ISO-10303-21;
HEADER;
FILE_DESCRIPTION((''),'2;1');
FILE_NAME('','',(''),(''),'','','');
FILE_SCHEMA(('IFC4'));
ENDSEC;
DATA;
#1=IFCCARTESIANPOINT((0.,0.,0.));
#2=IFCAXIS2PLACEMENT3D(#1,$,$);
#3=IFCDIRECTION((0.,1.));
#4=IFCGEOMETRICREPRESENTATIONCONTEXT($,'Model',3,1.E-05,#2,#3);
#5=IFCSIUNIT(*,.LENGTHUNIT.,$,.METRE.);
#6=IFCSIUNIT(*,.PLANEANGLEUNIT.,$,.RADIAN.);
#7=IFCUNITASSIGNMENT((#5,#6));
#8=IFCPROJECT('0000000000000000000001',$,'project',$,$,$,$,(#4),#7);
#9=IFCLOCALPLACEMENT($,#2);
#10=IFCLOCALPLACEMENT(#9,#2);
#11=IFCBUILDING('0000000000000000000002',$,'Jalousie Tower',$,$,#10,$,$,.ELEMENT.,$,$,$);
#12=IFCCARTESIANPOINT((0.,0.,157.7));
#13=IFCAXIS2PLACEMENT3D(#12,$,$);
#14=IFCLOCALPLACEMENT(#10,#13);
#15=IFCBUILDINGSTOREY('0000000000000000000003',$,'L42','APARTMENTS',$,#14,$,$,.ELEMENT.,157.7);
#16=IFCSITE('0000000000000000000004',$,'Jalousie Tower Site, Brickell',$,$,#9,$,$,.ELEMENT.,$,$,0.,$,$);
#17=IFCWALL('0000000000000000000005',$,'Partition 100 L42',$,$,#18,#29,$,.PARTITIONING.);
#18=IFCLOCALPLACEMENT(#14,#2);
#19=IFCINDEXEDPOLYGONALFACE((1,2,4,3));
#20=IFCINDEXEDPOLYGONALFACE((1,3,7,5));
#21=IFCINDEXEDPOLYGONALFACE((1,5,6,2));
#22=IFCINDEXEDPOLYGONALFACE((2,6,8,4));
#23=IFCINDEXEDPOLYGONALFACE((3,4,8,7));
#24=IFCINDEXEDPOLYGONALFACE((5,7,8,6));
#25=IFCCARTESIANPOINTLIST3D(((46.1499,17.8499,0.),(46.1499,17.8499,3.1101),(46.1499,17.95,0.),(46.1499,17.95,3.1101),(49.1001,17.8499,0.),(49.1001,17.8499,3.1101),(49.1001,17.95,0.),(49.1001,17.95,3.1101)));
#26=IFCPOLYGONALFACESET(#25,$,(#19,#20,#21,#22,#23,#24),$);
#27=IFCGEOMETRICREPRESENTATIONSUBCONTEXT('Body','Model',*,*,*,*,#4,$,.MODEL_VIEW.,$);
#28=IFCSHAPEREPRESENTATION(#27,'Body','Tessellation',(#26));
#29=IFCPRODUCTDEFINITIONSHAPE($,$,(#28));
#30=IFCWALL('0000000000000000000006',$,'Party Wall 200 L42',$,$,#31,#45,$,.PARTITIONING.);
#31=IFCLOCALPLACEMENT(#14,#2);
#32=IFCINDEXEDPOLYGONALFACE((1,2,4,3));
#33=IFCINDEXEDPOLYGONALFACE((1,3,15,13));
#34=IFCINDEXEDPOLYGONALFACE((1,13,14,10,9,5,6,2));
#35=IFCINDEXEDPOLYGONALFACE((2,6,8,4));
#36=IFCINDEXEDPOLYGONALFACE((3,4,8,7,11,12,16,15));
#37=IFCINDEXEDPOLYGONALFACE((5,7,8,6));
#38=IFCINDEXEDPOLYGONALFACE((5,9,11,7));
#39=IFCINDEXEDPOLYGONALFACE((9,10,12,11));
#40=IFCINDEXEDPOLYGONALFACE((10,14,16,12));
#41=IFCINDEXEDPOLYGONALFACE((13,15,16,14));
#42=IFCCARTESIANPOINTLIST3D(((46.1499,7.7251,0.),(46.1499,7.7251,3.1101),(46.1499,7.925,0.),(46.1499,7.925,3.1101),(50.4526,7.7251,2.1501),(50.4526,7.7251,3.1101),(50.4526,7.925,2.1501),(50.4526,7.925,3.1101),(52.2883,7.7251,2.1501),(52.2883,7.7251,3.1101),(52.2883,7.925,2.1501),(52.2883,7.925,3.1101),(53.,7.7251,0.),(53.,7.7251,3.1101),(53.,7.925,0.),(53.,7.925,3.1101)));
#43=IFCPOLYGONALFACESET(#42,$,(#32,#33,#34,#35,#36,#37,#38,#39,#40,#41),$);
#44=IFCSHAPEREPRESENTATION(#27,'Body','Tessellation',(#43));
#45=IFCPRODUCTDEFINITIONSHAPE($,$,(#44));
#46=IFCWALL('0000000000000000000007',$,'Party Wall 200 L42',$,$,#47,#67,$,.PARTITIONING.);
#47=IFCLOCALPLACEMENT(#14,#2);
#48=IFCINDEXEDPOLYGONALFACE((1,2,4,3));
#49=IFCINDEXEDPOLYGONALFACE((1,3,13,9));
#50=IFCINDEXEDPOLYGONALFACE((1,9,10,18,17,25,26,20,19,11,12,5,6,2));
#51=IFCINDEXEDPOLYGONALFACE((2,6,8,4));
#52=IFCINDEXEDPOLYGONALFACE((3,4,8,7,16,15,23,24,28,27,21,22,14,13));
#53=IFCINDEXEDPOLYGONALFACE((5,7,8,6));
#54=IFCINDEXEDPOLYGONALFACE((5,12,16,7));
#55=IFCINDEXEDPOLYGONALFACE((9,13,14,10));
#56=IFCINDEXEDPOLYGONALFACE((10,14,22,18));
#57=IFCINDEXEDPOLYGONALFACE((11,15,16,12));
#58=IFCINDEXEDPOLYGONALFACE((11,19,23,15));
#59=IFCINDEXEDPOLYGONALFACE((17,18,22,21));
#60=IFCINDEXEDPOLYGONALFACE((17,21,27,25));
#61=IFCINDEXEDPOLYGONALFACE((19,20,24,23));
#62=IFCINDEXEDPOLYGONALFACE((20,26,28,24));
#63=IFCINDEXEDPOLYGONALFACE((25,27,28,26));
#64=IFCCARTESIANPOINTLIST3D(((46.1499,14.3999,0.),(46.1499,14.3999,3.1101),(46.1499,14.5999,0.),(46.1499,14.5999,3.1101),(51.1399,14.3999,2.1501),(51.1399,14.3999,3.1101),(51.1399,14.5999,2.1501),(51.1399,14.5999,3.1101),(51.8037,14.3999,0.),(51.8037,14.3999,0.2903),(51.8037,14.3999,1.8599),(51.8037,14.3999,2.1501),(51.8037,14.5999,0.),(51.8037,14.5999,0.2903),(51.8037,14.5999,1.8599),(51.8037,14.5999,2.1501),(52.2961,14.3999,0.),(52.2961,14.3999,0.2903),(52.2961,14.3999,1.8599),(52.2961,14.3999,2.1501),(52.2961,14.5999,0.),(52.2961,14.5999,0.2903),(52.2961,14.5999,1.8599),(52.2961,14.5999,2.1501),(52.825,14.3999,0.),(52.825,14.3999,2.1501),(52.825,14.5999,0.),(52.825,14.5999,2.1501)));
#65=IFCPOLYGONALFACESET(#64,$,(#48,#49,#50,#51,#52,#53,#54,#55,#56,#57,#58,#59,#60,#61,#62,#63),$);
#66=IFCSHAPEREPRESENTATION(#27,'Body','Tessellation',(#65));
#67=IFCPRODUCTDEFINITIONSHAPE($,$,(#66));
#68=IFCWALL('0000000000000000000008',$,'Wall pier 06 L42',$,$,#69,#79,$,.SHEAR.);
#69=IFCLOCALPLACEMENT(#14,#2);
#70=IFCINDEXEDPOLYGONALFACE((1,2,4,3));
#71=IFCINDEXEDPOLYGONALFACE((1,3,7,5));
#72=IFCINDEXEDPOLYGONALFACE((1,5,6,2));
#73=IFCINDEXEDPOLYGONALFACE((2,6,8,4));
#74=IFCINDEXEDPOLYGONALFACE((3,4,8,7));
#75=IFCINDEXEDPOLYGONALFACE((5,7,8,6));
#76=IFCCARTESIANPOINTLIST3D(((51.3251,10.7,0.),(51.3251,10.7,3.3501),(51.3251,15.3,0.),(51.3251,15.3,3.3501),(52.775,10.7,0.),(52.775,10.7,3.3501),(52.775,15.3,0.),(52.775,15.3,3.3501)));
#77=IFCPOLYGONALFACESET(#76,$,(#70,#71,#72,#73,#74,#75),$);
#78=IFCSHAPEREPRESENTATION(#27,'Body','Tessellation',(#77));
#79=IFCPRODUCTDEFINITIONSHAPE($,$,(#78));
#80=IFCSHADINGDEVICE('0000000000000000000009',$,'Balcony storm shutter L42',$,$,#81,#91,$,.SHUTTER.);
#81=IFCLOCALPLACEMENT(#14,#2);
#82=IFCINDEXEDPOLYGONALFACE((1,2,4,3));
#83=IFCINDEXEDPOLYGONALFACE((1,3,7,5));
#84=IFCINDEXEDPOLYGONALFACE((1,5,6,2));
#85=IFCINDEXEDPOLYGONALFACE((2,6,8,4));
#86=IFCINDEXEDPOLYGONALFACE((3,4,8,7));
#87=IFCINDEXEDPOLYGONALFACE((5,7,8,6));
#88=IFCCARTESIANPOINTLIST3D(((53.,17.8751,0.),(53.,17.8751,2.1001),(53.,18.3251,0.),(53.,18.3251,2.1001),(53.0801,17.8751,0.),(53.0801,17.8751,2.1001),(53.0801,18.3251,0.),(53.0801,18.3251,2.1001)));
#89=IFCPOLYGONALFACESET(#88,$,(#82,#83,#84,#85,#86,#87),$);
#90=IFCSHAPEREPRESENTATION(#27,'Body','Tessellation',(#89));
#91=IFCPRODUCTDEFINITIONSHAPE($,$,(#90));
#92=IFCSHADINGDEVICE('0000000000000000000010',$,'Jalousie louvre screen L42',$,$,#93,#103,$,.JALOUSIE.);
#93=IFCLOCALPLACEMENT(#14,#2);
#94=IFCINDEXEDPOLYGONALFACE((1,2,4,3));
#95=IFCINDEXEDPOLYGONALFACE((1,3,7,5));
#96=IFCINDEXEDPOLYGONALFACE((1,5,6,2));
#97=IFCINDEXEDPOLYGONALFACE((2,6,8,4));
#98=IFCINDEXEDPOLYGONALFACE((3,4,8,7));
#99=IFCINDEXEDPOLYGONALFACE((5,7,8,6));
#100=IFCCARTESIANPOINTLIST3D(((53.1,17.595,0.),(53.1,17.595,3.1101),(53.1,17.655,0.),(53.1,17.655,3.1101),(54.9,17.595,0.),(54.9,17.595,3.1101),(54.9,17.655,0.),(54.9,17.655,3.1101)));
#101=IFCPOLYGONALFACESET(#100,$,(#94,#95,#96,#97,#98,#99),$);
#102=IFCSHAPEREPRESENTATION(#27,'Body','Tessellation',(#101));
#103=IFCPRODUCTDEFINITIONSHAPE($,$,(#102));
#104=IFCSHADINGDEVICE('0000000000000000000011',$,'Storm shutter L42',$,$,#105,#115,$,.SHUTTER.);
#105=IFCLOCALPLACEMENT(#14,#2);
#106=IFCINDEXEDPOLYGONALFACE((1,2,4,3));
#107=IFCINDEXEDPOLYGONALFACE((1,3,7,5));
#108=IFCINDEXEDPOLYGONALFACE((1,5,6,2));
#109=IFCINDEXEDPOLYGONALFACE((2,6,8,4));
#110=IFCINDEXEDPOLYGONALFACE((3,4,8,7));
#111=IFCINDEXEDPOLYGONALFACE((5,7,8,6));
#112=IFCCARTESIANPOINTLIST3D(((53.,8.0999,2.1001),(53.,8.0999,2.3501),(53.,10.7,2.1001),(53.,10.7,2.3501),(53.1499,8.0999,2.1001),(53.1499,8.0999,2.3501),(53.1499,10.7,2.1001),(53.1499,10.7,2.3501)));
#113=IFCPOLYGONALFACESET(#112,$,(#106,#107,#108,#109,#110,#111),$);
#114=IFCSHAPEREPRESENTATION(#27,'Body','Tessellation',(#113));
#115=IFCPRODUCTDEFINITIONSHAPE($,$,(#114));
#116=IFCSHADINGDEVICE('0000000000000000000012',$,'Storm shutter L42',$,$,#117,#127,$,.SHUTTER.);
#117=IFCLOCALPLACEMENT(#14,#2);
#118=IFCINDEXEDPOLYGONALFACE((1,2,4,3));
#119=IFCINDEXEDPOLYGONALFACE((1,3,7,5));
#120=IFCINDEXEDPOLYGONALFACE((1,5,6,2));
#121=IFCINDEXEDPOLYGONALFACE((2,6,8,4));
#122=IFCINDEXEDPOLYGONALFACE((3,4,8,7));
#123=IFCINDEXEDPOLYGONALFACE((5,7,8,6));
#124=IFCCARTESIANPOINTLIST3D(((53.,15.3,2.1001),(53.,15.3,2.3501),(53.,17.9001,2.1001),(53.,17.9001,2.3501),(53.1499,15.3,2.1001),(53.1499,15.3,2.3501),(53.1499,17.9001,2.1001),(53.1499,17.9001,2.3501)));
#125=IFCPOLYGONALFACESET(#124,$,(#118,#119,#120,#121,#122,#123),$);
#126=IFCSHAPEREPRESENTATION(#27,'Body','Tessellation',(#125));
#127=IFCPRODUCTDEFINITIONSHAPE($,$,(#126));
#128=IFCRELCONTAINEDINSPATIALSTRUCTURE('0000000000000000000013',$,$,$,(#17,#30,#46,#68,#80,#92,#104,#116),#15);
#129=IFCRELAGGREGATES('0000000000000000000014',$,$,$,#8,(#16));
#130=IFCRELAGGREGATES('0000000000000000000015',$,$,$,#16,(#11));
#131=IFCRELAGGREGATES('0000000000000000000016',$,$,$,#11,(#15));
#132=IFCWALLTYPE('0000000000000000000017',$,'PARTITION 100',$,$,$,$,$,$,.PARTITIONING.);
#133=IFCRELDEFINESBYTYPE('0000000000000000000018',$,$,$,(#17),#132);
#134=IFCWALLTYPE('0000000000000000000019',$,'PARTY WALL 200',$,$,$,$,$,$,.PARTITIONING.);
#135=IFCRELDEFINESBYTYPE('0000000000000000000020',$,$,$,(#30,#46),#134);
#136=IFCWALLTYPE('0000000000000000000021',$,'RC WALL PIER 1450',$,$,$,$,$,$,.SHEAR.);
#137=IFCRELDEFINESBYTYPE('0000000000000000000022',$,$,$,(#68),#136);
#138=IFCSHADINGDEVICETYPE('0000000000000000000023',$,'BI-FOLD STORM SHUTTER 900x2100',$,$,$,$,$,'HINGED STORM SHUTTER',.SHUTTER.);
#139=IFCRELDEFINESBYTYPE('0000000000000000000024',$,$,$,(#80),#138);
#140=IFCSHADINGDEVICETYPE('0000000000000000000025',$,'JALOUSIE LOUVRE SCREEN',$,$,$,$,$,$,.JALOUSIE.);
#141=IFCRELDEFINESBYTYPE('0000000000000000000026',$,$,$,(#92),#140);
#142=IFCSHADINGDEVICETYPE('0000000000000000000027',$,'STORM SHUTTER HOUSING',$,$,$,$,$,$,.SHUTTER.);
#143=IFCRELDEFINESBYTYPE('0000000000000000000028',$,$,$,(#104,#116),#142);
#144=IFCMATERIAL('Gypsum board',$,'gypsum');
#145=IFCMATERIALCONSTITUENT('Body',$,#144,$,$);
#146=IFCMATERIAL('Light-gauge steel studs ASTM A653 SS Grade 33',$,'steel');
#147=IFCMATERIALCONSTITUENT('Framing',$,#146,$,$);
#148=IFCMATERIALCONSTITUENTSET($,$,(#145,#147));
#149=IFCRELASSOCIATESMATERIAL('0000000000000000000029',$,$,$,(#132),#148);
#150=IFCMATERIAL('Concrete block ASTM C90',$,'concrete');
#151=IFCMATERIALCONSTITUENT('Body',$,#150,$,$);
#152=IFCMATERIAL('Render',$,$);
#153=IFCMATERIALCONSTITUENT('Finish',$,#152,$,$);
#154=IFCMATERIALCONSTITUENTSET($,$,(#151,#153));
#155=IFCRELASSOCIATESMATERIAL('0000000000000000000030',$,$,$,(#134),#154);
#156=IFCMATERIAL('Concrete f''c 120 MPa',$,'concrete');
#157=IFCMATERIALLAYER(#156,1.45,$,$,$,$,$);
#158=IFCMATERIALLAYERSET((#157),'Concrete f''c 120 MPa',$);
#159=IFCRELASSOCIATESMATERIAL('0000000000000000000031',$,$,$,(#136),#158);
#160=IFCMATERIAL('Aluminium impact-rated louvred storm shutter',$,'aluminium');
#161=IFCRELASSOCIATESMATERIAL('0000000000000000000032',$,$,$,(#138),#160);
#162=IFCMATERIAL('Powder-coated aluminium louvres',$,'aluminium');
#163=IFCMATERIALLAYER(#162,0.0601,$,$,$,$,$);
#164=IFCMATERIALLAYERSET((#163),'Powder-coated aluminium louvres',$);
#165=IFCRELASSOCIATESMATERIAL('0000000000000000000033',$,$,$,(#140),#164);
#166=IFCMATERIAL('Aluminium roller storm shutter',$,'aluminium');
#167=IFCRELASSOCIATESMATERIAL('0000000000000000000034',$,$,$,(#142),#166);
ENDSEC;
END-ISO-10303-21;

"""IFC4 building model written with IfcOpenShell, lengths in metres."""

from ifc_helpers import new_model, si_unit, direction, frame, frame_2d, origin, origin_2d, place, context, subcontext, project, spatial, polyline, rectangle, outline, extrude, material, layer, layer_set, constituent, constituent_set, type_object, element, save


model = new_model("IFC4")

# Units and contexts
model_context = context("Model", 3, precision=1e-05, world=origin(), true_north=direction((0.0, 1.0)))
body_context = subcontext(model_context, "Body", "Model", "MODEL_VIEW")
ifc_project = project(units=[si_unit("LENGTHUNIT", "METRE"), si_unit("PLANEANGLEUNIT", "RADIAN")], contexts=[model_context])

# Site, building, storey
site_placement = place(None, origin())
site = spatial("IfcSite", under=ifc_project, at=site_placement, Name="Jalousie Tower Site, Brickell", CompositionType="ELEMENT", RefElevation=0.0)
building_placement = place(site_placement, origin())
building = spatial("IfcBuilding", under=site, at=building_placement, Name="Jalousie Tower", CompositionType="ELEMENT")
storey_placement = place(building_placement, frame((0.0, 0.0, 157.7)))
storey = spatial("IfcBuildingStorey", under=building, at=storey_placement, Name="L42", Description="APARTMENTS", CompositionType="ELEMENT", Elevation=157.7)

# Shared definitions
ifc_material_1 = material(Name="Gypsum board", Category="gypsum")
ifc_constituent_1 = constituent(ifc_material_1, Name="Body")
ifc_material_2 = material(Name="Light-gauge steel studs ASTM A653 SS Grade 33", Category="steel")
ifc_constituent_2 = constituent(ifc_material_2, Name="Framing")
ifc_constituent_set_1 = constituent_set(constituents=[ifc_constituent_1, ifc_constituent_2])
wall_type_1 = type_object("IfcWallType", Name="PARTITION 100", PredefinedType="PARTITIONING", material=ifc_constituent_set_1)

# Walls
wall_1_placement = place(storey_placement, frame((49.1001, 17.8999, 0.0), z_axis=(0.0, 0.0, 1.0), x_axis=(-1.0, 0.0, 0.0)))
element("IfcWall", 1, at=wall_1_placement, inside=storey, type_object=wall_type_1, Name="Partition 100 L42", PredefinedType="PARTITIONING", context=body_context, shape_type="SweptSolid", body=[
    extrude(rectangle(XDim=2.9502, YDim=0.1001, at=frame_2d((1.4751, 0.0))), origin(), (0.0, 0.0, 1.0), 3.1101),
])
ifc_material_3 = material(Name="Concrete block ASTM C90", Category="concrete")
ifc_constituent_3 = constituent(ifc_material_3, Name="Body")
ifc_material_4 = material(Name="Render")
ifc_constituent_4 = constituent(ifc_material_4, Name="Finish")
ifc_constituent_set_2 = constituent_set(constituents=[ifc_constituent_3, ifc_constituent_4])
wall_type_2 = type_object("IfcWallType", Name="PARTY WALL 200", PredefinedType="PARTITIONING", material=ifc_constituent_set_2)
wall_2_placement = place(storey_placement, frame((46.1499, 7.825, 0.0), z_axis=(0.0, 0.0, 1.0), x_axis=(1.0, 0.0, 0.0)))
element("IfcWall", 2, at=wall_2_placement, inside=storey, type_object=wall_type_2, Name="Party Wall 200 L42", PredefinedType="PARTITIONING", context=body_context, shape_type="SweptSolid", body=[
    extrude(outline(polyline([(0.0, 0.0), (6.8501, 0.0), (6.8501, 3.1101), (6.1384, 3.1101), (6.1384, 2.1501), (4.3027, 2.1501), (4.3027, 3.1101), (0.0, 3.1101), (0.0, 0.0)])), frame((0.0, 0.1001, 0.0), z_axis=(0.0, -1.0, 0.0), x_axis=(1.0, 0.0, 0.0)), (0.0, 0.0, 1.0), 0.2),
])
wall_3_placement = place(storey_placement, frame((52.825, 14.5, 0.0), z_axis=(0.0, 0.0, 1.0), x_axis=(-1.0, 0.0, 0.0)))
element("IfcWall", 3, at=wall_3_placement, inside=storey, type_object=wall_type_2, Name="Party Wall 200 L42", PredefinedType="PARTITIONING", context=body_context, shape_type="SweptSolid", body=[
    extrude(outline(polyline([(0.5288, 2.1501), (0.0, 2.1501), (0.0, 0.0), (0.5288, 0.0), (0.5288, 0.2903), (1.0212, 0.2903), (1.0212, 0.0), (6.675, 0.0), (6.675, 3.1101), (1.6851, 3.1101), (1.6851, 2.1501), (1.0212, 2.1501), (1.0212, 1.8599), (0.5288, 1.8599), (0.5288, 2.1501)])), frame((0.0, 0.1001, 0.0), z_axis=(0.0, -1.0, 0.0), x_axis=(1.0, 0.0, 0.0)), (0.0, 0.0, 1.0), 0.2),
])
ifc_material_5 = material(Name="Concrete f'c 120 MPa", Category="concrete")
ifc_layer_1 = layer(ifc_material_5, 1.45)
ifc_layer_set_1 = layer_set([ifc_layer_1], Name="Concrete f'c 120 MPa")
wall_type_3 = type_object("IfcWallType", Name="RC WALL PIER 1450", PredefinedType="SHEAR", material=ifc_layer_set_1)
wall_4_placement = place(storey_placement, frame((52.05, 10.7, 0.0), z_axis=(0.0, 0.0, 1.0), x_axis=(0.0, 1.0, 0.0)))
element("IfcWall", 4, at=wall_4_placement, inside=storey, type_object=wall_type_3, Name="Wall pier 06 L42", PredefinedType="SHEAR", context=body_context, shape_type="SweptSolid", body=[
    extrude(rectangle(XDim=4.6001, YDim=1.45, at=frame_2d((2.3, 0.0))), origin(), (0.0, 0.0, 1.0), 3.3501),
])

# Shading device
ifc_material_6 = material(Name="Aluminium impact-rated louvred storm shutter", Category="aluminium")
shading_device_type_1 = type_object("IfcShadingDeviceType", Name="BI-FOLD STORM SHUTTER 900x2100", ElementType="HINGED STORM SHUTTER", PredefinedType="SHUTTER", material=ifc_material_6)
shading_device_1_placement = place(storey_placement, frame((53.04, 18.1001, 0.0), z_axis=(0.0, 0.0, 1.0), x_axis=(0.0, 1.0, 0.0)))
element("IfcShadingDevice", 5, at=shading_device_1_placement, inside=storey, type_object=shading_device_type_1, Name="Balcony storm shutter L42", PredefinedType="SHUTTER", context=body_context, shape_type="SweptSolid", body=[
    extrude(rectangle(XDim=0.45, YDim=0.0801, at=origin_2d()), origin(), (0.0, 0.0, 1.0), 2.1001),
])

# Shading devices
ifc_material_7 = material(Name="Powder-coated aluminium louvres", Category="aluminium")
ifc_layer_2 = layer(ifc_material_7, 0.0601)
ifc_layer_set_2 = layer_set([ifc_layer_2], Name="Powder-coated aluminium louvres")
shading_device_type_2 = type_object("IfcShadingDeviceType", Name="JALOUSIE LOUVRE SCREEN", PredefinedType="JALOUSIE", material=ifc_layer_set_2)
shading_device_2_placement = place(storey_placement, frame((54.0, 17.625, 0.0), z_axis=(0.0, 0.0, 1.0), x_axis=(0.0, 1.0, 0.0)))
element("IfcShadingDevice", 6, at=shading_device_2_placement, inside=storey, type_object=shading_device_type_2, Name="Jalousie louvre screen L42", PredefinedType="JALOUSIE", context=body_context, shape_type="SweptSolid", body=[
    extrude(rectangle(XDim=0.0601, YDim=1.8, at=origin_2d()), origin(), (0.0, 0.0, 1.0), 3.1101),
])
ifc_material_8 = material(Name="Aluminium roller storm shutter", Category="aluminium")
shading_device_type_3 = type_object("IfcShadingDeviceType", Name="STORM SHUTTER HOUSING", PredefinedType="SHUTTER", material=ifc_material_8)
for number, where, z_axis, x_axis, name in (
    (7, (53.075, 9.3999, 2.1001), (0.0, 0.0, 1.0), (0.0, 1.0, 0.0), "Storm shutter L42"),
    (8, (53.075, 16.6001, 2.1001), (0.0, 0.0, 1.0), (0.0, 1.0, 0.0), "Storm shutter L42"),
):
    element("IfcShadingDevice", number, at=place(storey_placement, frame(where, z_axis=z_axis, x_axis=x_axis)), inside=storey, type_object=shading_device_type_3, Name=name, PredefinedType="SHUTTER", context=body_context, shape_type="SweptSolid", body=[
        extrude(rectangle(XDim=2.6001, YDim=0.1499, at=origin_2d()), origin(), (0.0, 0.0, 1.0), 0.25),
    ])

save(model, "model.ifc")
